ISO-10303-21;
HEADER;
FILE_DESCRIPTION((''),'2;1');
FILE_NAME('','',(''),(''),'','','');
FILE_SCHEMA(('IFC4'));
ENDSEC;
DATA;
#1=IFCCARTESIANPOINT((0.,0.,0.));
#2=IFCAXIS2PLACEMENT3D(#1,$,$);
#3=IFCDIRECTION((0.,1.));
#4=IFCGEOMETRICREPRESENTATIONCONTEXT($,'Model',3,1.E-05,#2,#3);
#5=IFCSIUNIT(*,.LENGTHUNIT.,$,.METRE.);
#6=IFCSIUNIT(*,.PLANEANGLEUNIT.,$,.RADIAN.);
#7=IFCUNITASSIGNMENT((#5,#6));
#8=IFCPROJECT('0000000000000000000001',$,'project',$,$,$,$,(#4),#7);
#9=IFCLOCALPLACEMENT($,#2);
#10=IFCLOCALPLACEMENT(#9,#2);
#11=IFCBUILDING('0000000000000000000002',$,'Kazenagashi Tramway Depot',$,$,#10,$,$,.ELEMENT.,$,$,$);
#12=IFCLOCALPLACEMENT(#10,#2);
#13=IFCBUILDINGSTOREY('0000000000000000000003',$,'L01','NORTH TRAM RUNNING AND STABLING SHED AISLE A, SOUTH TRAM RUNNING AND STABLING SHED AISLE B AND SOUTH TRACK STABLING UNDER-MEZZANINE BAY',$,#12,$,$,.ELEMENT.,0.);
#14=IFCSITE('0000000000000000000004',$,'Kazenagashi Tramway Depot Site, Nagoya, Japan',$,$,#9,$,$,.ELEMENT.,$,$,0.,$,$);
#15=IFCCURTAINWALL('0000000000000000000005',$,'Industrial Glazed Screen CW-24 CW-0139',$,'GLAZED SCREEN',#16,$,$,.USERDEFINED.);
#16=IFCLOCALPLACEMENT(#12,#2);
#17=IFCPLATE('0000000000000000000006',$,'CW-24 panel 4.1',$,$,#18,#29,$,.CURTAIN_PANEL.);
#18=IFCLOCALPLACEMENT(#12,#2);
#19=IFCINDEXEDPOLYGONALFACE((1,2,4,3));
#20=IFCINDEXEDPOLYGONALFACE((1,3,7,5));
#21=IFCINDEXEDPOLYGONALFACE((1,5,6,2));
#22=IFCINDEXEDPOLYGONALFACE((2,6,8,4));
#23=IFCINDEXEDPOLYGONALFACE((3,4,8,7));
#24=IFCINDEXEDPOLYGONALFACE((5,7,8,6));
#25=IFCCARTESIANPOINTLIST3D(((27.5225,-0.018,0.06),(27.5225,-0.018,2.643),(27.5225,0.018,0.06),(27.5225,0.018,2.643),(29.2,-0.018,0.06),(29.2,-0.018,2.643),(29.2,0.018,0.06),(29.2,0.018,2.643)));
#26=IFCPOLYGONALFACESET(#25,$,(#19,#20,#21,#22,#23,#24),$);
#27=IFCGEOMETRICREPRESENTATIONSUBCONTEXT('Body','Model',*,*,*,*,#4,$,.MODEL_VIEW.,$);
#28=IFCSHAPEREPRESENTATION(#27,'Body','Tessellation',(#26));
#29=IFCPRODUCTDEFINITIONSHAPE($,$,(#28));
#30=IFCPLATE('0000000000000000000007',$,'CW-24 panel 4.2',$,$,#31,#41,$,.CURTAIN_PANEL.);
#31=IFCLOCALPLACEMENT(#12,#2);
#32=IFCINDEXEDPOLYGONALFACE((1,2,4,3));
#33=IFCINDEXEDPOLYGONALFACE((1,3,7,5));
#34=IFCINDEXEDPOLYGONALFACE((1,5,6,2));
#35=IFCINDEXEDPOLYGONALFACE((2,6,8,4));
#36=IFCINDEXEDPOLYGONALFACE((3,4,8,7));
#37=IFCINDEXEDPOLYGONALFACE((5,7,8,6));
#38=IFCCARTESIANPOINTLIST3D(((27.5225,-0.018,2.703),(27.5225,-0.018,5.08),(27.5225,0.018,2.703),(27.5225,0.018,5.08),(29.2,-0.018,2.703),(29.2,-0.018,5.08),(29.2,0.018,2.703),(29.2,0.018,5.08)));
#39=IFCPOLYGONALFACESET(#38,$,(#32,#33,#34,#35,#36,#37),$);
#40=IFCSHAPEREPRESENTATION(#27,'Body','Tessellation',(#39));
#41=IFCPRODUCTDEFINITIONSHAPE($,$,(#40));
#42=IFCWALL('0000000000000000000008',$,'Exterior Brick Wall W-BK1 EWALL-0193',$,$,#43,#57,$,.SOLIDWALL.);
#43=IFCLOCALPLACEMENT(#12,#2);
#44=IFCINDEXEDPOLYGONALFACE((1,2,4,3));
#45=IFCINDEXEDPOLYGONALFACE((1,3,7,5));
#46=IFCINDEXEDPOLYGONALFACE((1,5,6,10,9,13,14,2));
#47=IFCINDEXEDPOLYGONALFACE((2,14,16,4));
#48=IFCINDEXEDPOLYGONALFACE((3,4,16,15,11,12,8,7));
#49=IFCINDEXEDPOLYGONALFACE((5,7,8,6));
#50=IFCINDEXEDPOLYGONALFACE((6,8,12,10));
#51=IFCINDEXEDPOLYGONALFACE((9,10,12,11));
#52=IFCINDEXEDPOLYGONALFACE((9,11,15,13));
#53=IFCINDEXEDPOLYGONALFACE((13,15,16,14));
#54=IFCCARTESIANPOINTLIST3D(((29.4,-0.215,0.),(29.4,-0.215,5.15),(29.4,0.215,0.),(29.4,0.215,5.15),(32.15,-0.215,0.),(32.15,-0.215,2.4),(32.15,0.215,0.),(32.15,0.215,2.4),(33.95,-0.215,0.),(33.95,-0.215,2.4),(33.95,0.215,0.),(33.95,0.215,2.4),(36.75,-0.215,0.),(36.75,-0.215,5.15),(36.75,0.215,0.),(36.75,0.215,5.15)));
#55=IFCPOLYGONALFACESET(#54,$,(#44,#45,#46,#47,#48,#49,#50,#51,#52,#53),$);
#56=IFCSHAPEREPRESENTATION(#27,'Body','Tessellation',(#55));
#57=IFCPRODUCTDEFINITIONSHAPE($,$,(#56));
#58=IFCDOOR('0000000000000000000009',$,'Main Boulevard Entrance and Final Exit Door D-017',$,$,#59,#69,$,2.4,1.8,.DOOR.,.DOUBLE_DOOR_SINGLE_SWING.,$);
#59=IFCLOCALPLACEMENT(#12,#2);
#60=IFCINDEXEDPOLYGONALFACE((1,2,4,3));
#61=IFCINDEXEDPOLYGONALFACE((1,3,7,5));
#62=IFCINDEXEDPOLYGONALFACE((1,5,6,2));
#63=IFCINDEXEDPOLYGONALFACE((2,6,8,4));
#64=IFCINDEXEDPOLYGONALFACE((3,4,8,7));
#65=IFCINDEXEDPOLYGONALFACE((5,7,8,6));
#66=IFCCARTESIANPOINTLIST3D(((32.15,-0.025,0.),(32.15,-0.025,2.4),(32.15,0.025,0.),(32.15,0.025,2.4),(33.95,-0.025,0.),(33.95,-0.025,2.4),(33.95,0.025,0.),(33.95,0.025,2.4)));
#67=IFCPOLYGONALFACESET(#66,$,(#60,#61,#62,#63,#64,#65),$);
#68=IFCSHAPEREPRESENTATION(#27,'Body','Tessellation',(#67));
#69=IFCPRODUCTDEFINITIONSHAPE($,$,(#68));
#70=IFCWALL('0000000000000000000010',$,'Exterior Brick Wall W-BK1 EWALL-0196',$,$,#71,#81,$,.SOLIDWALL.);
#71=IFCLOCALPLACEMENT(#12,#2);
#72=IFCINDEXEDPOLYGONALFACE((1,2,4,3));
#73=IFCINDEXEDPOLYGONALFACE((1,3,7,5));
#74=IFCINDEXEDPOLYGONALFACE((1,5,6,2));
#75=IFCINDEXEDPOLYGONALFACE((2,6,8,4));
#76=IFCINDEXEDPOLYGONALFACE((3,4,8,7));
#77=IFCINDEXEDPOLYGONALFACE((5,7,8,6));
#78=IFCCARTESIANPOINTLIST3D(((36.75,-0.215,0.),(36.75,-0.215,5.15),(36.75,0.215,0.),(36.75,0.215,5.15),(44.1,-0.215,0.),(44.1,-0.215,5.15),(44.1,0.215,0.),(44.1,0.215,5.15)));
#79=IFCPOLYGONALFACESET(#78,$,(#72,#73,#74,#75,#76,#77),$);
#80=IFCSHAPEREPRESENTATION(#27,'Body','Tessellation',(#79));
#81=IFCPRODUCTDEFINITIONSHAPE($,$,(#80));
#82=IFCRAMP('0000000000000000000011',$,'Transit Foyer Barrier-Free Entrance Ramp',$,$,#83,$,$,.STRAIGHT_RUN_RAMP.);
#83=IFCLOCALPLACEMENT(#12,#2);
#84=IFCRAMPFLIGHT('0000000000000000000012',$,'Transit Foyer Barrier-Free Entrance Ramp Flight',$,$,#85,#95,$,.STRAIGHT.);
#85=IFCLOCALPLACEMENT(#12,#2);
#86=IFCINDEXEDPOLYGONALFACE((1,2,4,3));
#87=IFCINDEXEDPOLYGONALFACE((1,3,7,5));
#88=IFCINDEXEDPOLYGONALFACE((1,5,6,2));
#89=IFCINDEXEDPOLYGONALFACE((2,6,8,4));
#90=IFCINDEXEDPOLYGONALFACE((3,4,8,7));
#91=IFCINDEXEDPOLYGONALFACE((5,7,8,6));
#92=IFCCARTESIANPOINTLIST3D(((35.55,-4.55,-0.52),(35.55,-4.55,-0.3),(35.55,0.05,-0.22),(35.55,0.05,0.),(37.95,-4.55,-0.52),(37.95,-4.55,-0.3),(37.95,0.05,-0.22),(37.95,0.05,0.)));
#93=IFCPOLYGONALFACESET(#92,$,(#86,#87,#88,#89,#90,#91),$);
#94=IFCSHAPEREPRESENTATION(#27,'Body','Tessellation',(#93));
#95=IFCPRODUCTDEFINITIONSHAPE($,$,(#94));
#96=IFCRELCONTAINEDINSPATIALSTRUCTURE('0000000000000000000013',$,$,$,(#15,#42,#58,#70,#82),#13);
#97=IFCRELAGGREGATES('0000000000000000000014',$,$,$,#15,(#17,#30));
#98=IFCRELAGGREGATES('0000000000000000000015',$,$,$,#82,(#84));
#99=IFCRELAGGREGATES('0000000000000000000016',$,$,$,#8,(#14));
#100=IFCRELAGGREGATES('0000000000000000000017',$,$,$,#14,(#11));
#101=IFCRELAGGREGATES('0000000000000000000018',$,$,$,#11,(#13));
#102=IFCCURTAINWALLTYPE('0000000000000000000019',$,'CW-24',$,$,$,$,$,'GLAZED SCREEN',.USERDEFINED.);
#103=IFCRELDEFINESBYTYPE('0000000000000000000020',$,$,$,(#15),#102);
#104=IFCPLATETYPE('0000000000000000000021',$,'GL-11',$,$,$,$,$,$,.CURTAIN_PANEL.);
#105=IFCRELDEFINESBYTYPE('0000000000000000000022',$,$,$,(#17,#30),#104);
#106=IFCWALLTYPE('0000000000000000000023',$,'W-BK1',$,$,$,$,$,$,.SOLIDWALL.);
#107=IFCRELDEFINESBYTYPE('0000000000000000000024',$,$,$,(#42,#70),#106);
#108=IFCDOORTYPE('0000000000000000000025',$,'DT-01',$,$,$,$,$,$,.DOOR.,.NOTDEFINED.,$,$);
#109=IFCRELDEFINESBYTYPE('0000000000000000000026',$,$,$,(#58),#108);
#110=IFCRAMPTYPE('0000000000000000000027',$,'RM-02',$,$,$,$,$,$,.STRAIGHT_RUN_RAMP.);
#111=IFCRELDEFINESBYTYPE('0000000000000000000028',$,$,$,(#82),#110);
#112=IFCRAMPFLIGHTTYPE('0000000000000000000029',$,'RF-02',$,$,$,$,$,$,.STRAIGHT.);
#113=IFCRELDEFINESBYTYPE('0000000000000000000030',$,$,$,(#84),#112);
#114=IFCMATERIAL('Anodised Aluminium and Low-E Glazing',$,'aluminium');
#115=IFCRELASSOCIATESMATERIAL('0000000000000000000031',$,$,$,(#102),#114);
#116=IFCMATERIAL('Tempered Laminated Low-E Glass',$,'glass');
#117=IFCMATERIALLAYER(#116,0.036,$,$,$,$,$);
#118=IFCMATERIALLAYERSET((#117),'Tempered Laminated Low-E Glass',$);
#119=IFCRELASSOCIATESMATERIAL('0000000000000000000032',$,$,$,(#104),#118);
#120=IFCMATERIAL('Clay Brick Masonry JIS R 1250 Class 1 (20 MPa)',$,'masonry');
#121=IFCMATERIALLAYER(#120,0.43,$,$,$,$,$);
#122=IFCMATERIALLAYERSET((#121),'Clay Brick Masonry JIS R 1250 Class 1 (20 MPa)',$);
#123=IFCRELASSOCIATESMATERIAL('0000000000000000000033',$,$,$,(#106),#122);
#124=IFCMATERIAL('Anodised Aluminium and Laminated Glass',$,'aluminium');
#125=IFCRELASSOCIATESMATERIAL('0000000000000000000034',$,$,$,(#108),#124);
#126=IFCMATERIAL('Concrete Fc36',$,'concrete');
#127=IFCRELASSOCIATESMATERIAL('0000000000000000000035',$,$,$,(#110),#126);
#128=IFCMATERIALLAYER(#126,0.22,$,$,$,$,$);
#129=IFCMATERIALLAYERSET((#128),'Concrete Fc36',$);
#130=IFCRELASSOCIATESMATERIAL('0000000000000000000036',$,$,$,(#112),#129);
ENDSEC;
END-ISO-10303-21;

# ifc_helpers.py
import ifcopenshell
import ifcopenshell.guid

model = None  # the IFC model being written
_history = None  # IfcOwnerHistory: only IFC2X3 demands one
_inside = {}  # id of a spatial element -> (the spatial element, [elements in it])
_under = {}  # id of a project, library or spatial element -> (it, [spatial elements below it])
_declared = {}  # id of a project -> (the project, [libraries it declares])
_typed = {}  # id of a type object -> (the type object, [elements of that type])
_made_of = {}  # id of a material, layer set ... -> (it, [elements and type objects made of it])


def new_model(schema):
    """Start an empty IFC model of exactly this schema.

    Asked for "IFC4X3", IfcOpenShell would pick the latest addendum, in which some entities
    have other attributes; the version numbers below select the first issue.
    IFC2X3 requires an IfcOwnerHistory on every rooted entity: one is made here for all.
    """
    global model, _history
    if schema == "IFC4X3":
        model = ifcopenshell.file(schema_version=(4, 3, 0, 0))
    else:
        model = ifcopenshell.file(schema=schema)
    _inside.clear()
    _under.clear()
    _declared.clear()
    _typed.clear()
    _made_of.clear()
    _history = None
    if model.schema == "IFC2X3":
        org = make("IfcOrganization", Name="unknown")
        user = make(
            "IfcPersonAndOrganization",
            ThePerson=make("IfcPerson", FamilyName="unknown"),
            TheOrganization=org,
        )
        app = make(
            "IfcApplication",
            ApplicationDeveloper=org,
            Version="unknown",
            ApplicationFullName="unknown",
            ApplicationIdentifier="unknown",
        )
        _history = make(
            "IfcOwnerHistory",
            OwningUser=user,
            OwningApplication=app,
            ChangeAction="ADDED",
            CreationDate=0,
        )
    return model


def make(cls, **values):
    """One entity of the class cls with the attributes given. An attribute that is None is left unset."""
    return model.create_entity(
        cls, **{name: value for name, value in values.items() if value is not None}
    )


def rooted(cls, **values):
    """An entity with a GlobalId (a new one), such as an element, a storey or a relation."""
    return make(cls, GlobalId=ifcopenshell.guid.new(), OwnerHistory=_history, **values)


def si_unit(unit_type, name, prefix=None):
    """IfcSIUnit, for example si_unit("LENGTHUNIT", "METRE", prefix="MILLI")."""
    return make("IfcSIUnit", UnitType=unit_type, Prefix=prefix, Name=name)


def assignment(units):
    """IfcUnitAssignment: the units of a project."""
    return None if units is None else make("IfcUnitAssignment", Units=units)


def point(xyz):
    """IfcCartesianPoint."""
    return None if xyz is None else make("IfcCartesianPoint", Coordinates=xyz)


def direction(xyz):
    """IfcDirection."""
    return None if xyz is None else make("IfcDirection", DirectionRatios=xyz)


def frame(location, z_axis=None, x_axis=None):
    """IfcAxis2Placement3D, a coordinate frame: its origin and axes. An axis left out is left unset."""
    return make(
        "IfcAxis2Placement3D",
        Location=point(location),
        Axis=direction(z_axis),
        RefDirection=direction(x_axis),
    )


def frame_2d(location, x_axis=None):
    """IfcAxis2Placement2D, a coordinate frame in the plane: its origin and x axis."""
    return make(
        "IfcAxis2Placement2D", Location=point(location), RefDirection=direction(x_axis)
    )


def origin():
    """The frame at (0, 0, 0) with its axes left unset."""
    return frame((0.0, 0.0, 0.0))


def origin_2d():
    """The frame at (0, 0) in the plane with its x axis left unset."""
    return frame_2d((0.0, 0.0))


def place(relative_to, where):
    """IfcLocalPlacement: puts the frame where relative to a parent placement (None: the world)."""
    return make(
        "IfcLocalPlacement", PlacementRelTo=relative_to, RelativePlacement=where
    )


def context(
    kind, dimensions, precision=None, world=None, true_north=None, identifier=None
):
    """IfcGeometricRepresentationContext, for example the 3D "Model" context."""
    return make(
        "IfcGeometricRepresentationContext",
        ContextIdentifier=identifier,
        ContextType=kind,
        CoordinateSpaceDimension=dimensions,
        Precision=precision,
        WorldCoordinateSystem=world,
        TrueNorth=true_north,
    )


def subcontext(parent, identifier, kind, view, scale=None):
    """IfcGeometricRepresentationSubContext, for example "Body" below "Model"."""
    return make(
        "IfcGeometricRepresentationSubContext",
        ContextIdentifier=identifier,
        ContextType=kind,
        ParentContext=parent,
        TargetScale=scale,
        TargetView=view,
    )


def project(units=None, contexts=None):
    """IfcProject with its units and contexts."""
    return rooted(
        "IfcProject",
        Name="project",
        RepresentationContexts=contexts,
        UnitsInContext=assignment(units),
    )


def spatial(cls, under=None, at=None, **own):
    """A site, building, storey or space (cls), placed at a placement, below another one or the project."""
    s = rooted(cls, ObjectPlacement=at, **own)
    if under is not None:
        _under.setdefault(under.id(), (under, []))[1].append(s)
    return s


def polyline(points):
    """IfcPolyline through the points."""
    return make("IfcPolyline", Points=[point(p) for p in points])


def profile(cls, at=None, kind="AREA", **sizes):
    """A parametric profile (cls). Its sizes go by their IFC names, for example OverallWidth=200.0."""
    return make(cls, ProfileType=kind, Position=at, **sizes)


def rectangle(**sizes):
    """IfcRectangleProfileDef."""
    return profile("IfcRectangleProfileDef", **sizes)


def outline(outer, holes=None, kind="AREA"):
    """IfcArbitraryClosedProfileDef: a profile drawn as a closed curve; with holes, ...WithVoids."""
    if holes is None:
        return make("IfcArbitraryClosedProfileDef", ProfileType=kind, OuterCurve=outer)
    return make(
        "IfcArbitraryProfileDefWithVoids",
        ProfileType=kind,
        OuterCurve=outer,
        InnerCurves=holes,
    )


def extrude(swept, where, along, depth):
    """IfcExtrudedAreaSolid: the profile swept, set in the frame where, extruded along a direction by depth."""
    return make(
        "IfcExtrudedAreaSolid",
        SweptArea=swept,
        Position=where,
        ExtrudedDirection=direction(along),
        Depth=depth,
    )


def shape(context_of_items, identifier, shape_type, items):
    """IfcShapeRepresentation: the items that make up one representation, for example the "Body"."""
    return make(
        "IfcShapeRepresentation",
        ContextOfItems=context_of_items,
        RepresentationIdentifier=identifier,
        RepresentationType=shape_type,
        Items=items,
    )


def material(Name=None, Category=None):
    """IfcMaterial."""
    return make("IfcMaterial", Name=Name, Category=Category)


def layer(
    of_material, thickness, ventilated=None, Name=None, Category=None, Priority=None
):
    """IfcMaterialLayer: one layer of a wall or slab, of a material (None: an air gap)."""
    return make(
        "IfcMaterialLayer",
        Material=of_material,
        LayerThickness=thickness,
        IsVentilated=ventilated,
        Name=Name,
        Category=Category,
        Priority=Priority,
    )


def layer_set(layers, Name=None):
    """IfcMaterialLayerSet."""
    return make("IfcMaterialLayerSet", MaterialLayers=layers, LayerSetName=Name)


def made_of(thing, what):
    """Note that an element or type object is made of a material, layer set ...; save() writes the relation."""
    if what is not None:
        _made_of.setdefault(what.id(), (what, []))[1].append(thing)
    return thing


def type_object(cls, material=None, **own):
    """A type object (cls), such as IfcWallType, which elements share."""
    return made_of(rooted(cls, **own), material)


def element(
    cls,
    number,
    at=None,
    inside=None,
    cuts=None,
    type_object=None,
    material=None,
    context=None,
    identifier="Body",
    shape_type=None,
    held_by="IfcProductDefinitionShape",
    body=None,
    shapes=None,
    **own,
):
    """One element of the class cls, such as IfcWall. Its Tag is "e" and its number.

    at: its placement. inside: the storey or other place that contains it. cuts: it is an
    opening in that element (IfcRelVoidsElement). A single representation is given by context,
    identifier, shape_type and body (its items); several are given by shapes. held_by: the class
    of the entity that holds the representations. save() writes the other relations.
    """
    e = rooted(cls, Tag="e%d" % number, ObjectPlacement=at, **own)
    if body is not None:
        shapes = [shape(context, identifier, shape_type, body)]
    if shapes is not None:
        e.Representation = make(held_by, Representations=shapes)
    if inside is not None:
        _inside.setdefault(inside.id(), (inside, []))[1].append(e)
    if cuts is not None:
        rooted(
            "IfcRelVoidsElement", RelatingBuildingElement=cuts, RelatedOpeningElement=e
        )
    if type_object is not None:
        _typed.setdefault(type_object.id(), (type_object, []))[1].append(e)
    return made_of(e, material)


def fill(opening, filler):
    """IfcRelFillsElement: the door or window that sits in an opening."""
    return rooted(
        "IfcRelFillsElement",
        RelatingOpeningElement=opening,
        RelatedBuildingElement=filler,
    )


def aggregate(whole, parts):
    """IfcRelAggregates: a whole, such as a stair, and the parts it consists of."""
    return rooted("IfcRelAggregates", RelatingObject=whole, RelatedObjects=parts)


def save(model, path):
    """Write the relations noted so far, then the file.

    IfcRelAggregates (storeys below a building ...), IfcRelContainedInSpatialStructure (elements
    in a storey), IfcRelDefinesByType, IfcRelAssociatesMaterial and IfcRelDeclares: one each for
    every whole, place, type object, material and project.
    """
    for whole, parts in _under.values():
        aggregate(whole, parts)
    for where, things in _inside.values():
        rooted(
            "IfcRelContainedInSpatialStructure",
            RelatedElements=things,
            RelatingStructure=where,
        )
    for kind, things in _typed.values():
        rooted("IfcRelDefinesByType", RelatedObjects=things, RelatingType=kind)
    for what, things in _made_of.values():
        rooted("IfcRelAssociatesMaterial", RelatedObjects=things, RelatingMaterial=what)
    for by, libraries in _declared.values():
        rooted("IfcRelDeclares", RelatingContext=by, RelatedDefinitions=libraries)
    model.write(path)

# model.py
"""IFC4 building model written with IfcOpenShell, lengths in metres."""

from ifc_helpers import new_model, si_unit, direction, frame, frame_2d, origin, origin_2d, place, context, subcontext, project, spatial, polyline, rectangle, outline, extrude, material, layer, layer_set, type_object, element, fill, aggregate, save


model = new_model("IFC4")

# Units and contexts
model_context = context("Model", 3, precision=1e-05, world=origin(), true_north=direction((0.0, 1.0)))
body_context = subcontext(model_context, "Body", "Model", "MODEL_VIEW")
ifc_project = project(units=[si_unit("LENGTHUNIT", "METRE"), si_unit("PLANEANGLEUNIT", "RADIAN")], contexts=[model_context])

# Site, building, storey
site_placement = place(None, origin())
site = spatial("IfcSite", under=ifc_project, at=site_placement, Name="Kazenagashi Tramway Depot Site, Nagoya, Japan", CompositionType="ELEMENT", RefElevation=0.0)
building_placement = place(site_placement, origin())
building = spatial("IfcBuilding", under=site, at=building_placement, Name="Kazenagashi Tramway Depot", CompositionType="ELEMENT")
storey_placement = place(building_placement, origin())
storey = spatial("IfcBuildingStorey", under=building, at=storey_placement, Name="L01", Description="NORTH TRAM RUNNING AND STABLING SHED AISLE A, SOUTH TRAM RUNNING AND STABLING SHED AISLE B AND SOUTH TRACK STABLING UNDER-MEZZANINE BAY", CompositionType="ELEMENT", Elevation=0.0)

# Curtain wall, plates
ifc_material_1 = material(Name="Anodised Aluminium and Low-E Glazing", Category="aluminium")
curtain_wall_type = type_object("IfcCurtainWallType", Name="CW-24", ElementType="GLAZED SCREEN", PredefinedType="USERDEFINED", material=ifc_material_1)
curtain_wall_placement = place(storey_placement, origin())
curtain_wall = element("IfcCurtainWall", 1, at=curtain_wall_placement, inside=storey, type_object=curtain_wall_type, Name="Industrial Glazed Screen CW-24 CW-0139", ObjectType="GLAZED SCREEN", PredefinedType="USERDEFINED")
ifc_material_2 = material(Name="Tempered Laminated Low-E Glass", Category="glass")
ifc_layer_1 = layer(ifc_material_2, 0.036)
ifc_layer_set_1 = layer_set([ifc_layer_1], Name="Tempered Laminated Low-E Glass")
plate_type = type_object("IfcPlateType", Name="GL-11", PredefinedType="CURTAIN_PANEL", material=ifc_layer_set_1)
plate_1_placement = place(storey_placement, frame((28.3612, 0.0, 0.06), z_axis=(0.0, 0.0, 1.0), x_axis=(1.0, 0.0, 0.0)))
plate_1 = element("IfcPlate", 2, at=plate_1_placement, type_object=plate_type, Name="CW-24 panel 4.1", PredefinedType="CURTAIN_PANEL", context=body_context, shape_type="SweptSolid", body=[
    extrude(rectangle(XDim=1.6775, YDim=0.036, at=origin_2d()), origin(), (0.0, 0.0, 1.0), 2.583),
])
plate_2_placement = place(storey_placement, frame((28.3612, 0.0, 2.703), z_axis=(0.0, 0.0, 1.0), x_axis=(1.0, 0.0, 0.0)))
plate_2 = element("IfcPlate", 3, at=plate_2_placement, type_object=plate_type, Name="CW-24 panel 4.2", PredefinedType="CURTAIN_PANEL", context=body_context, shape_type="SweptSolid", body=[
    extrude(rectangle(XDim=1.6775, YDim=0.036, at=origin_2d()), origin(), (0.0, 0.0, 1.0), 2.377),
])
aggregate(curtain_wall, [plate_1, plate_2])

# Wall, opening, door
ifc_material_3 = material(Name="Clay Brick Masonry JIS R 1250 Class 1 (20 MPa)", Category="masonry")
ifc_layer_2 = layer(ifc_material_3, 0.43)
ifc_layer_set_2 = layer_set([ifc_layer_2], Name="Clay Brick Masonry JIS R 1250 Class 1 (20 MPa)")
wall_type = type_object("IfcWallType", Name="W-BK1", PredefinedType="SOLIDWALL", material=ifc_layer_set_2)
wall_1_placement = place(storey_placement, frame((29.4, 0.0, 0.0), z_axis=(0.0, 0.0, 1.0), x_axis=(1.0, 0.0, 0.0)))
wall_1 = element("IfcWall", 4, at=wall_1_placement, inside=storey, type_object=wall_type, Name="Exterior Brick Wall W-BK1 EWALL-0193", PredefinedType="SOLIDWALL", context=body_context, shape_type="SweptSolid", body=[
    extrude(rectangle(XDim=7.35, YDim=0.43, at=frame_2d((3.675, 0.0))), origin(), (0.0, 0.0, 1.0), 5.15),
])
opening_placement = place(wall_1_placement, frame((2.75, 0.0, 0.0)))
opening = element("IfcOpeningElement", 5, at=opening_placement, cuts=wall_1, PredefinedType="OPENING", context=body_context, shape_type="SweptSolid", body=[
    extrude(rectangle(XDim=1.8, YDim=2.4, at=frame_2d((0.9, 1.2))), frame((0.0, 0.225, 0.0), z_axis=(0.0, -1.0, 0.0), x_axis=(1.0, 0.0, 0.0)), (0.0, 0.0, 1.0), 0.45),
])
ifc_material_4 = material(Name="Anodised Aluminium and Laminated Glass", Category="aluminium")
door_type = type_object("IfcDoorType", Name="DT-01", OperationType="NOTDEFINED", PredefinedType="DOOR", material=ifc_material_4)
door_placement = place(opening_placement, frame((1.8, 0.0, 0.0), z_axis=(0.0, 0.0, 1.0), x_axis=(-1.0, 0.0, 0.0)))
door = element("IfcDoor", 6, at=door_placement, inside=storey, type_object=door_type, Name="Main Boulevard Entrance and Final Exit Door D-017", OperationType="DOUBLE_DOOR_SINGLE_SWING", OverallHeight=2.4, OverallWidth=1.8, PredefinedType="DOOR", context=body_context, shape_type="SweptSolid", body=[
    extrude(rectangle(XDim=1.8, YDim=2.4, at=frame_2d((0.9, 1.2))), frame((0.0, 0.025, 0.0), z_axis=(0.0, -1.0, 0.0), x_axis=(1.0, 0.0, 0.0)), (0.0, 0.0, 1.0), 0.05),
])
fill(opening, door)

# Wall
wall_2_placement = place(storey_placement, frame((36.75, 0.0, 0.0), z_axis=(0.0, 0.0, 1.0), x_axis=(1.0, 0.0, 0.0)))
element("IfcWall", 7, at=wall_2_placement, inside=storey, type_object=wall_type, Name="Exterior Brick Wall W-BK1 EWALL-0196", PredefinedType="SOLIDWALL", context=body_context, shape_type="SweptSolid", body=[
    extrude(rectangle(XDim=7.35, YDim=0.43, at=frame_2d((3.675, 0.0))), origin(), (0.0, 0.0, 1.0), 5.15),
])

# Ramp, ramp flight
ifc_material_5 = material(Name="Concrete Fc36", Category="concrete")
ramp_type = type_object("IfcRampType", Name="RM-02", PredefinedType="STRAIGHT_RUN_RAMP", material=ifc_material_5)
ramp_placement = place(storey_placement, origin())
ramp = element("IfcRamp", 8, at=ramp_placement, inside=storey, type_object=ramp_type, Name="Transit Foyer Barrier-Free Entrance Ramp", PredefinedType="STRAIGHT_RUN_RAMP")
ifc_layer_3 = layer(ifc_material_5, 0.22)
ifc_layer_set_3 = layer_set([ifc_layer_3], Name="Concrete Fc36")
ramp_flight_type = type_object("IfcRampFlightType", Name="RF-02", PredefinedType="STRAIGHT", material=ifc_layer_set_3)
ramp_flight_placement = place(storey_placement, frame((36.75, -4.55, -0.3), z_axis=(0.0, 0.0, 1.0), x_axis=(0.0, 1.0, 0.0)))
ramp_flight = element("IfcRampFlight", 9, at=ramp_flight_placement, type_object=ramp_flight_type, Name="Transit Foyer Barrier-Free Entrance Ramp Flight", PredefinedType="STRAIGHT", context=body_context, shape_type="SweptSolid", body=[
    extrude(outline(polyline([(0.0, 0.0), (4.6, 0.3), (4.6, 0.08), (0.0, -0.22), (0.0, 0.0)])), frame((0.0, 1.2, 0.0), z_axis=(0.0, -1.0, 0.0), x_axis=(1.0, 0.0, 0.0)), (0.0, 0.0, 1.0), 2.4),
])
aggregate(ramp, [ramp_flight])

save(model, "model.ifc")
